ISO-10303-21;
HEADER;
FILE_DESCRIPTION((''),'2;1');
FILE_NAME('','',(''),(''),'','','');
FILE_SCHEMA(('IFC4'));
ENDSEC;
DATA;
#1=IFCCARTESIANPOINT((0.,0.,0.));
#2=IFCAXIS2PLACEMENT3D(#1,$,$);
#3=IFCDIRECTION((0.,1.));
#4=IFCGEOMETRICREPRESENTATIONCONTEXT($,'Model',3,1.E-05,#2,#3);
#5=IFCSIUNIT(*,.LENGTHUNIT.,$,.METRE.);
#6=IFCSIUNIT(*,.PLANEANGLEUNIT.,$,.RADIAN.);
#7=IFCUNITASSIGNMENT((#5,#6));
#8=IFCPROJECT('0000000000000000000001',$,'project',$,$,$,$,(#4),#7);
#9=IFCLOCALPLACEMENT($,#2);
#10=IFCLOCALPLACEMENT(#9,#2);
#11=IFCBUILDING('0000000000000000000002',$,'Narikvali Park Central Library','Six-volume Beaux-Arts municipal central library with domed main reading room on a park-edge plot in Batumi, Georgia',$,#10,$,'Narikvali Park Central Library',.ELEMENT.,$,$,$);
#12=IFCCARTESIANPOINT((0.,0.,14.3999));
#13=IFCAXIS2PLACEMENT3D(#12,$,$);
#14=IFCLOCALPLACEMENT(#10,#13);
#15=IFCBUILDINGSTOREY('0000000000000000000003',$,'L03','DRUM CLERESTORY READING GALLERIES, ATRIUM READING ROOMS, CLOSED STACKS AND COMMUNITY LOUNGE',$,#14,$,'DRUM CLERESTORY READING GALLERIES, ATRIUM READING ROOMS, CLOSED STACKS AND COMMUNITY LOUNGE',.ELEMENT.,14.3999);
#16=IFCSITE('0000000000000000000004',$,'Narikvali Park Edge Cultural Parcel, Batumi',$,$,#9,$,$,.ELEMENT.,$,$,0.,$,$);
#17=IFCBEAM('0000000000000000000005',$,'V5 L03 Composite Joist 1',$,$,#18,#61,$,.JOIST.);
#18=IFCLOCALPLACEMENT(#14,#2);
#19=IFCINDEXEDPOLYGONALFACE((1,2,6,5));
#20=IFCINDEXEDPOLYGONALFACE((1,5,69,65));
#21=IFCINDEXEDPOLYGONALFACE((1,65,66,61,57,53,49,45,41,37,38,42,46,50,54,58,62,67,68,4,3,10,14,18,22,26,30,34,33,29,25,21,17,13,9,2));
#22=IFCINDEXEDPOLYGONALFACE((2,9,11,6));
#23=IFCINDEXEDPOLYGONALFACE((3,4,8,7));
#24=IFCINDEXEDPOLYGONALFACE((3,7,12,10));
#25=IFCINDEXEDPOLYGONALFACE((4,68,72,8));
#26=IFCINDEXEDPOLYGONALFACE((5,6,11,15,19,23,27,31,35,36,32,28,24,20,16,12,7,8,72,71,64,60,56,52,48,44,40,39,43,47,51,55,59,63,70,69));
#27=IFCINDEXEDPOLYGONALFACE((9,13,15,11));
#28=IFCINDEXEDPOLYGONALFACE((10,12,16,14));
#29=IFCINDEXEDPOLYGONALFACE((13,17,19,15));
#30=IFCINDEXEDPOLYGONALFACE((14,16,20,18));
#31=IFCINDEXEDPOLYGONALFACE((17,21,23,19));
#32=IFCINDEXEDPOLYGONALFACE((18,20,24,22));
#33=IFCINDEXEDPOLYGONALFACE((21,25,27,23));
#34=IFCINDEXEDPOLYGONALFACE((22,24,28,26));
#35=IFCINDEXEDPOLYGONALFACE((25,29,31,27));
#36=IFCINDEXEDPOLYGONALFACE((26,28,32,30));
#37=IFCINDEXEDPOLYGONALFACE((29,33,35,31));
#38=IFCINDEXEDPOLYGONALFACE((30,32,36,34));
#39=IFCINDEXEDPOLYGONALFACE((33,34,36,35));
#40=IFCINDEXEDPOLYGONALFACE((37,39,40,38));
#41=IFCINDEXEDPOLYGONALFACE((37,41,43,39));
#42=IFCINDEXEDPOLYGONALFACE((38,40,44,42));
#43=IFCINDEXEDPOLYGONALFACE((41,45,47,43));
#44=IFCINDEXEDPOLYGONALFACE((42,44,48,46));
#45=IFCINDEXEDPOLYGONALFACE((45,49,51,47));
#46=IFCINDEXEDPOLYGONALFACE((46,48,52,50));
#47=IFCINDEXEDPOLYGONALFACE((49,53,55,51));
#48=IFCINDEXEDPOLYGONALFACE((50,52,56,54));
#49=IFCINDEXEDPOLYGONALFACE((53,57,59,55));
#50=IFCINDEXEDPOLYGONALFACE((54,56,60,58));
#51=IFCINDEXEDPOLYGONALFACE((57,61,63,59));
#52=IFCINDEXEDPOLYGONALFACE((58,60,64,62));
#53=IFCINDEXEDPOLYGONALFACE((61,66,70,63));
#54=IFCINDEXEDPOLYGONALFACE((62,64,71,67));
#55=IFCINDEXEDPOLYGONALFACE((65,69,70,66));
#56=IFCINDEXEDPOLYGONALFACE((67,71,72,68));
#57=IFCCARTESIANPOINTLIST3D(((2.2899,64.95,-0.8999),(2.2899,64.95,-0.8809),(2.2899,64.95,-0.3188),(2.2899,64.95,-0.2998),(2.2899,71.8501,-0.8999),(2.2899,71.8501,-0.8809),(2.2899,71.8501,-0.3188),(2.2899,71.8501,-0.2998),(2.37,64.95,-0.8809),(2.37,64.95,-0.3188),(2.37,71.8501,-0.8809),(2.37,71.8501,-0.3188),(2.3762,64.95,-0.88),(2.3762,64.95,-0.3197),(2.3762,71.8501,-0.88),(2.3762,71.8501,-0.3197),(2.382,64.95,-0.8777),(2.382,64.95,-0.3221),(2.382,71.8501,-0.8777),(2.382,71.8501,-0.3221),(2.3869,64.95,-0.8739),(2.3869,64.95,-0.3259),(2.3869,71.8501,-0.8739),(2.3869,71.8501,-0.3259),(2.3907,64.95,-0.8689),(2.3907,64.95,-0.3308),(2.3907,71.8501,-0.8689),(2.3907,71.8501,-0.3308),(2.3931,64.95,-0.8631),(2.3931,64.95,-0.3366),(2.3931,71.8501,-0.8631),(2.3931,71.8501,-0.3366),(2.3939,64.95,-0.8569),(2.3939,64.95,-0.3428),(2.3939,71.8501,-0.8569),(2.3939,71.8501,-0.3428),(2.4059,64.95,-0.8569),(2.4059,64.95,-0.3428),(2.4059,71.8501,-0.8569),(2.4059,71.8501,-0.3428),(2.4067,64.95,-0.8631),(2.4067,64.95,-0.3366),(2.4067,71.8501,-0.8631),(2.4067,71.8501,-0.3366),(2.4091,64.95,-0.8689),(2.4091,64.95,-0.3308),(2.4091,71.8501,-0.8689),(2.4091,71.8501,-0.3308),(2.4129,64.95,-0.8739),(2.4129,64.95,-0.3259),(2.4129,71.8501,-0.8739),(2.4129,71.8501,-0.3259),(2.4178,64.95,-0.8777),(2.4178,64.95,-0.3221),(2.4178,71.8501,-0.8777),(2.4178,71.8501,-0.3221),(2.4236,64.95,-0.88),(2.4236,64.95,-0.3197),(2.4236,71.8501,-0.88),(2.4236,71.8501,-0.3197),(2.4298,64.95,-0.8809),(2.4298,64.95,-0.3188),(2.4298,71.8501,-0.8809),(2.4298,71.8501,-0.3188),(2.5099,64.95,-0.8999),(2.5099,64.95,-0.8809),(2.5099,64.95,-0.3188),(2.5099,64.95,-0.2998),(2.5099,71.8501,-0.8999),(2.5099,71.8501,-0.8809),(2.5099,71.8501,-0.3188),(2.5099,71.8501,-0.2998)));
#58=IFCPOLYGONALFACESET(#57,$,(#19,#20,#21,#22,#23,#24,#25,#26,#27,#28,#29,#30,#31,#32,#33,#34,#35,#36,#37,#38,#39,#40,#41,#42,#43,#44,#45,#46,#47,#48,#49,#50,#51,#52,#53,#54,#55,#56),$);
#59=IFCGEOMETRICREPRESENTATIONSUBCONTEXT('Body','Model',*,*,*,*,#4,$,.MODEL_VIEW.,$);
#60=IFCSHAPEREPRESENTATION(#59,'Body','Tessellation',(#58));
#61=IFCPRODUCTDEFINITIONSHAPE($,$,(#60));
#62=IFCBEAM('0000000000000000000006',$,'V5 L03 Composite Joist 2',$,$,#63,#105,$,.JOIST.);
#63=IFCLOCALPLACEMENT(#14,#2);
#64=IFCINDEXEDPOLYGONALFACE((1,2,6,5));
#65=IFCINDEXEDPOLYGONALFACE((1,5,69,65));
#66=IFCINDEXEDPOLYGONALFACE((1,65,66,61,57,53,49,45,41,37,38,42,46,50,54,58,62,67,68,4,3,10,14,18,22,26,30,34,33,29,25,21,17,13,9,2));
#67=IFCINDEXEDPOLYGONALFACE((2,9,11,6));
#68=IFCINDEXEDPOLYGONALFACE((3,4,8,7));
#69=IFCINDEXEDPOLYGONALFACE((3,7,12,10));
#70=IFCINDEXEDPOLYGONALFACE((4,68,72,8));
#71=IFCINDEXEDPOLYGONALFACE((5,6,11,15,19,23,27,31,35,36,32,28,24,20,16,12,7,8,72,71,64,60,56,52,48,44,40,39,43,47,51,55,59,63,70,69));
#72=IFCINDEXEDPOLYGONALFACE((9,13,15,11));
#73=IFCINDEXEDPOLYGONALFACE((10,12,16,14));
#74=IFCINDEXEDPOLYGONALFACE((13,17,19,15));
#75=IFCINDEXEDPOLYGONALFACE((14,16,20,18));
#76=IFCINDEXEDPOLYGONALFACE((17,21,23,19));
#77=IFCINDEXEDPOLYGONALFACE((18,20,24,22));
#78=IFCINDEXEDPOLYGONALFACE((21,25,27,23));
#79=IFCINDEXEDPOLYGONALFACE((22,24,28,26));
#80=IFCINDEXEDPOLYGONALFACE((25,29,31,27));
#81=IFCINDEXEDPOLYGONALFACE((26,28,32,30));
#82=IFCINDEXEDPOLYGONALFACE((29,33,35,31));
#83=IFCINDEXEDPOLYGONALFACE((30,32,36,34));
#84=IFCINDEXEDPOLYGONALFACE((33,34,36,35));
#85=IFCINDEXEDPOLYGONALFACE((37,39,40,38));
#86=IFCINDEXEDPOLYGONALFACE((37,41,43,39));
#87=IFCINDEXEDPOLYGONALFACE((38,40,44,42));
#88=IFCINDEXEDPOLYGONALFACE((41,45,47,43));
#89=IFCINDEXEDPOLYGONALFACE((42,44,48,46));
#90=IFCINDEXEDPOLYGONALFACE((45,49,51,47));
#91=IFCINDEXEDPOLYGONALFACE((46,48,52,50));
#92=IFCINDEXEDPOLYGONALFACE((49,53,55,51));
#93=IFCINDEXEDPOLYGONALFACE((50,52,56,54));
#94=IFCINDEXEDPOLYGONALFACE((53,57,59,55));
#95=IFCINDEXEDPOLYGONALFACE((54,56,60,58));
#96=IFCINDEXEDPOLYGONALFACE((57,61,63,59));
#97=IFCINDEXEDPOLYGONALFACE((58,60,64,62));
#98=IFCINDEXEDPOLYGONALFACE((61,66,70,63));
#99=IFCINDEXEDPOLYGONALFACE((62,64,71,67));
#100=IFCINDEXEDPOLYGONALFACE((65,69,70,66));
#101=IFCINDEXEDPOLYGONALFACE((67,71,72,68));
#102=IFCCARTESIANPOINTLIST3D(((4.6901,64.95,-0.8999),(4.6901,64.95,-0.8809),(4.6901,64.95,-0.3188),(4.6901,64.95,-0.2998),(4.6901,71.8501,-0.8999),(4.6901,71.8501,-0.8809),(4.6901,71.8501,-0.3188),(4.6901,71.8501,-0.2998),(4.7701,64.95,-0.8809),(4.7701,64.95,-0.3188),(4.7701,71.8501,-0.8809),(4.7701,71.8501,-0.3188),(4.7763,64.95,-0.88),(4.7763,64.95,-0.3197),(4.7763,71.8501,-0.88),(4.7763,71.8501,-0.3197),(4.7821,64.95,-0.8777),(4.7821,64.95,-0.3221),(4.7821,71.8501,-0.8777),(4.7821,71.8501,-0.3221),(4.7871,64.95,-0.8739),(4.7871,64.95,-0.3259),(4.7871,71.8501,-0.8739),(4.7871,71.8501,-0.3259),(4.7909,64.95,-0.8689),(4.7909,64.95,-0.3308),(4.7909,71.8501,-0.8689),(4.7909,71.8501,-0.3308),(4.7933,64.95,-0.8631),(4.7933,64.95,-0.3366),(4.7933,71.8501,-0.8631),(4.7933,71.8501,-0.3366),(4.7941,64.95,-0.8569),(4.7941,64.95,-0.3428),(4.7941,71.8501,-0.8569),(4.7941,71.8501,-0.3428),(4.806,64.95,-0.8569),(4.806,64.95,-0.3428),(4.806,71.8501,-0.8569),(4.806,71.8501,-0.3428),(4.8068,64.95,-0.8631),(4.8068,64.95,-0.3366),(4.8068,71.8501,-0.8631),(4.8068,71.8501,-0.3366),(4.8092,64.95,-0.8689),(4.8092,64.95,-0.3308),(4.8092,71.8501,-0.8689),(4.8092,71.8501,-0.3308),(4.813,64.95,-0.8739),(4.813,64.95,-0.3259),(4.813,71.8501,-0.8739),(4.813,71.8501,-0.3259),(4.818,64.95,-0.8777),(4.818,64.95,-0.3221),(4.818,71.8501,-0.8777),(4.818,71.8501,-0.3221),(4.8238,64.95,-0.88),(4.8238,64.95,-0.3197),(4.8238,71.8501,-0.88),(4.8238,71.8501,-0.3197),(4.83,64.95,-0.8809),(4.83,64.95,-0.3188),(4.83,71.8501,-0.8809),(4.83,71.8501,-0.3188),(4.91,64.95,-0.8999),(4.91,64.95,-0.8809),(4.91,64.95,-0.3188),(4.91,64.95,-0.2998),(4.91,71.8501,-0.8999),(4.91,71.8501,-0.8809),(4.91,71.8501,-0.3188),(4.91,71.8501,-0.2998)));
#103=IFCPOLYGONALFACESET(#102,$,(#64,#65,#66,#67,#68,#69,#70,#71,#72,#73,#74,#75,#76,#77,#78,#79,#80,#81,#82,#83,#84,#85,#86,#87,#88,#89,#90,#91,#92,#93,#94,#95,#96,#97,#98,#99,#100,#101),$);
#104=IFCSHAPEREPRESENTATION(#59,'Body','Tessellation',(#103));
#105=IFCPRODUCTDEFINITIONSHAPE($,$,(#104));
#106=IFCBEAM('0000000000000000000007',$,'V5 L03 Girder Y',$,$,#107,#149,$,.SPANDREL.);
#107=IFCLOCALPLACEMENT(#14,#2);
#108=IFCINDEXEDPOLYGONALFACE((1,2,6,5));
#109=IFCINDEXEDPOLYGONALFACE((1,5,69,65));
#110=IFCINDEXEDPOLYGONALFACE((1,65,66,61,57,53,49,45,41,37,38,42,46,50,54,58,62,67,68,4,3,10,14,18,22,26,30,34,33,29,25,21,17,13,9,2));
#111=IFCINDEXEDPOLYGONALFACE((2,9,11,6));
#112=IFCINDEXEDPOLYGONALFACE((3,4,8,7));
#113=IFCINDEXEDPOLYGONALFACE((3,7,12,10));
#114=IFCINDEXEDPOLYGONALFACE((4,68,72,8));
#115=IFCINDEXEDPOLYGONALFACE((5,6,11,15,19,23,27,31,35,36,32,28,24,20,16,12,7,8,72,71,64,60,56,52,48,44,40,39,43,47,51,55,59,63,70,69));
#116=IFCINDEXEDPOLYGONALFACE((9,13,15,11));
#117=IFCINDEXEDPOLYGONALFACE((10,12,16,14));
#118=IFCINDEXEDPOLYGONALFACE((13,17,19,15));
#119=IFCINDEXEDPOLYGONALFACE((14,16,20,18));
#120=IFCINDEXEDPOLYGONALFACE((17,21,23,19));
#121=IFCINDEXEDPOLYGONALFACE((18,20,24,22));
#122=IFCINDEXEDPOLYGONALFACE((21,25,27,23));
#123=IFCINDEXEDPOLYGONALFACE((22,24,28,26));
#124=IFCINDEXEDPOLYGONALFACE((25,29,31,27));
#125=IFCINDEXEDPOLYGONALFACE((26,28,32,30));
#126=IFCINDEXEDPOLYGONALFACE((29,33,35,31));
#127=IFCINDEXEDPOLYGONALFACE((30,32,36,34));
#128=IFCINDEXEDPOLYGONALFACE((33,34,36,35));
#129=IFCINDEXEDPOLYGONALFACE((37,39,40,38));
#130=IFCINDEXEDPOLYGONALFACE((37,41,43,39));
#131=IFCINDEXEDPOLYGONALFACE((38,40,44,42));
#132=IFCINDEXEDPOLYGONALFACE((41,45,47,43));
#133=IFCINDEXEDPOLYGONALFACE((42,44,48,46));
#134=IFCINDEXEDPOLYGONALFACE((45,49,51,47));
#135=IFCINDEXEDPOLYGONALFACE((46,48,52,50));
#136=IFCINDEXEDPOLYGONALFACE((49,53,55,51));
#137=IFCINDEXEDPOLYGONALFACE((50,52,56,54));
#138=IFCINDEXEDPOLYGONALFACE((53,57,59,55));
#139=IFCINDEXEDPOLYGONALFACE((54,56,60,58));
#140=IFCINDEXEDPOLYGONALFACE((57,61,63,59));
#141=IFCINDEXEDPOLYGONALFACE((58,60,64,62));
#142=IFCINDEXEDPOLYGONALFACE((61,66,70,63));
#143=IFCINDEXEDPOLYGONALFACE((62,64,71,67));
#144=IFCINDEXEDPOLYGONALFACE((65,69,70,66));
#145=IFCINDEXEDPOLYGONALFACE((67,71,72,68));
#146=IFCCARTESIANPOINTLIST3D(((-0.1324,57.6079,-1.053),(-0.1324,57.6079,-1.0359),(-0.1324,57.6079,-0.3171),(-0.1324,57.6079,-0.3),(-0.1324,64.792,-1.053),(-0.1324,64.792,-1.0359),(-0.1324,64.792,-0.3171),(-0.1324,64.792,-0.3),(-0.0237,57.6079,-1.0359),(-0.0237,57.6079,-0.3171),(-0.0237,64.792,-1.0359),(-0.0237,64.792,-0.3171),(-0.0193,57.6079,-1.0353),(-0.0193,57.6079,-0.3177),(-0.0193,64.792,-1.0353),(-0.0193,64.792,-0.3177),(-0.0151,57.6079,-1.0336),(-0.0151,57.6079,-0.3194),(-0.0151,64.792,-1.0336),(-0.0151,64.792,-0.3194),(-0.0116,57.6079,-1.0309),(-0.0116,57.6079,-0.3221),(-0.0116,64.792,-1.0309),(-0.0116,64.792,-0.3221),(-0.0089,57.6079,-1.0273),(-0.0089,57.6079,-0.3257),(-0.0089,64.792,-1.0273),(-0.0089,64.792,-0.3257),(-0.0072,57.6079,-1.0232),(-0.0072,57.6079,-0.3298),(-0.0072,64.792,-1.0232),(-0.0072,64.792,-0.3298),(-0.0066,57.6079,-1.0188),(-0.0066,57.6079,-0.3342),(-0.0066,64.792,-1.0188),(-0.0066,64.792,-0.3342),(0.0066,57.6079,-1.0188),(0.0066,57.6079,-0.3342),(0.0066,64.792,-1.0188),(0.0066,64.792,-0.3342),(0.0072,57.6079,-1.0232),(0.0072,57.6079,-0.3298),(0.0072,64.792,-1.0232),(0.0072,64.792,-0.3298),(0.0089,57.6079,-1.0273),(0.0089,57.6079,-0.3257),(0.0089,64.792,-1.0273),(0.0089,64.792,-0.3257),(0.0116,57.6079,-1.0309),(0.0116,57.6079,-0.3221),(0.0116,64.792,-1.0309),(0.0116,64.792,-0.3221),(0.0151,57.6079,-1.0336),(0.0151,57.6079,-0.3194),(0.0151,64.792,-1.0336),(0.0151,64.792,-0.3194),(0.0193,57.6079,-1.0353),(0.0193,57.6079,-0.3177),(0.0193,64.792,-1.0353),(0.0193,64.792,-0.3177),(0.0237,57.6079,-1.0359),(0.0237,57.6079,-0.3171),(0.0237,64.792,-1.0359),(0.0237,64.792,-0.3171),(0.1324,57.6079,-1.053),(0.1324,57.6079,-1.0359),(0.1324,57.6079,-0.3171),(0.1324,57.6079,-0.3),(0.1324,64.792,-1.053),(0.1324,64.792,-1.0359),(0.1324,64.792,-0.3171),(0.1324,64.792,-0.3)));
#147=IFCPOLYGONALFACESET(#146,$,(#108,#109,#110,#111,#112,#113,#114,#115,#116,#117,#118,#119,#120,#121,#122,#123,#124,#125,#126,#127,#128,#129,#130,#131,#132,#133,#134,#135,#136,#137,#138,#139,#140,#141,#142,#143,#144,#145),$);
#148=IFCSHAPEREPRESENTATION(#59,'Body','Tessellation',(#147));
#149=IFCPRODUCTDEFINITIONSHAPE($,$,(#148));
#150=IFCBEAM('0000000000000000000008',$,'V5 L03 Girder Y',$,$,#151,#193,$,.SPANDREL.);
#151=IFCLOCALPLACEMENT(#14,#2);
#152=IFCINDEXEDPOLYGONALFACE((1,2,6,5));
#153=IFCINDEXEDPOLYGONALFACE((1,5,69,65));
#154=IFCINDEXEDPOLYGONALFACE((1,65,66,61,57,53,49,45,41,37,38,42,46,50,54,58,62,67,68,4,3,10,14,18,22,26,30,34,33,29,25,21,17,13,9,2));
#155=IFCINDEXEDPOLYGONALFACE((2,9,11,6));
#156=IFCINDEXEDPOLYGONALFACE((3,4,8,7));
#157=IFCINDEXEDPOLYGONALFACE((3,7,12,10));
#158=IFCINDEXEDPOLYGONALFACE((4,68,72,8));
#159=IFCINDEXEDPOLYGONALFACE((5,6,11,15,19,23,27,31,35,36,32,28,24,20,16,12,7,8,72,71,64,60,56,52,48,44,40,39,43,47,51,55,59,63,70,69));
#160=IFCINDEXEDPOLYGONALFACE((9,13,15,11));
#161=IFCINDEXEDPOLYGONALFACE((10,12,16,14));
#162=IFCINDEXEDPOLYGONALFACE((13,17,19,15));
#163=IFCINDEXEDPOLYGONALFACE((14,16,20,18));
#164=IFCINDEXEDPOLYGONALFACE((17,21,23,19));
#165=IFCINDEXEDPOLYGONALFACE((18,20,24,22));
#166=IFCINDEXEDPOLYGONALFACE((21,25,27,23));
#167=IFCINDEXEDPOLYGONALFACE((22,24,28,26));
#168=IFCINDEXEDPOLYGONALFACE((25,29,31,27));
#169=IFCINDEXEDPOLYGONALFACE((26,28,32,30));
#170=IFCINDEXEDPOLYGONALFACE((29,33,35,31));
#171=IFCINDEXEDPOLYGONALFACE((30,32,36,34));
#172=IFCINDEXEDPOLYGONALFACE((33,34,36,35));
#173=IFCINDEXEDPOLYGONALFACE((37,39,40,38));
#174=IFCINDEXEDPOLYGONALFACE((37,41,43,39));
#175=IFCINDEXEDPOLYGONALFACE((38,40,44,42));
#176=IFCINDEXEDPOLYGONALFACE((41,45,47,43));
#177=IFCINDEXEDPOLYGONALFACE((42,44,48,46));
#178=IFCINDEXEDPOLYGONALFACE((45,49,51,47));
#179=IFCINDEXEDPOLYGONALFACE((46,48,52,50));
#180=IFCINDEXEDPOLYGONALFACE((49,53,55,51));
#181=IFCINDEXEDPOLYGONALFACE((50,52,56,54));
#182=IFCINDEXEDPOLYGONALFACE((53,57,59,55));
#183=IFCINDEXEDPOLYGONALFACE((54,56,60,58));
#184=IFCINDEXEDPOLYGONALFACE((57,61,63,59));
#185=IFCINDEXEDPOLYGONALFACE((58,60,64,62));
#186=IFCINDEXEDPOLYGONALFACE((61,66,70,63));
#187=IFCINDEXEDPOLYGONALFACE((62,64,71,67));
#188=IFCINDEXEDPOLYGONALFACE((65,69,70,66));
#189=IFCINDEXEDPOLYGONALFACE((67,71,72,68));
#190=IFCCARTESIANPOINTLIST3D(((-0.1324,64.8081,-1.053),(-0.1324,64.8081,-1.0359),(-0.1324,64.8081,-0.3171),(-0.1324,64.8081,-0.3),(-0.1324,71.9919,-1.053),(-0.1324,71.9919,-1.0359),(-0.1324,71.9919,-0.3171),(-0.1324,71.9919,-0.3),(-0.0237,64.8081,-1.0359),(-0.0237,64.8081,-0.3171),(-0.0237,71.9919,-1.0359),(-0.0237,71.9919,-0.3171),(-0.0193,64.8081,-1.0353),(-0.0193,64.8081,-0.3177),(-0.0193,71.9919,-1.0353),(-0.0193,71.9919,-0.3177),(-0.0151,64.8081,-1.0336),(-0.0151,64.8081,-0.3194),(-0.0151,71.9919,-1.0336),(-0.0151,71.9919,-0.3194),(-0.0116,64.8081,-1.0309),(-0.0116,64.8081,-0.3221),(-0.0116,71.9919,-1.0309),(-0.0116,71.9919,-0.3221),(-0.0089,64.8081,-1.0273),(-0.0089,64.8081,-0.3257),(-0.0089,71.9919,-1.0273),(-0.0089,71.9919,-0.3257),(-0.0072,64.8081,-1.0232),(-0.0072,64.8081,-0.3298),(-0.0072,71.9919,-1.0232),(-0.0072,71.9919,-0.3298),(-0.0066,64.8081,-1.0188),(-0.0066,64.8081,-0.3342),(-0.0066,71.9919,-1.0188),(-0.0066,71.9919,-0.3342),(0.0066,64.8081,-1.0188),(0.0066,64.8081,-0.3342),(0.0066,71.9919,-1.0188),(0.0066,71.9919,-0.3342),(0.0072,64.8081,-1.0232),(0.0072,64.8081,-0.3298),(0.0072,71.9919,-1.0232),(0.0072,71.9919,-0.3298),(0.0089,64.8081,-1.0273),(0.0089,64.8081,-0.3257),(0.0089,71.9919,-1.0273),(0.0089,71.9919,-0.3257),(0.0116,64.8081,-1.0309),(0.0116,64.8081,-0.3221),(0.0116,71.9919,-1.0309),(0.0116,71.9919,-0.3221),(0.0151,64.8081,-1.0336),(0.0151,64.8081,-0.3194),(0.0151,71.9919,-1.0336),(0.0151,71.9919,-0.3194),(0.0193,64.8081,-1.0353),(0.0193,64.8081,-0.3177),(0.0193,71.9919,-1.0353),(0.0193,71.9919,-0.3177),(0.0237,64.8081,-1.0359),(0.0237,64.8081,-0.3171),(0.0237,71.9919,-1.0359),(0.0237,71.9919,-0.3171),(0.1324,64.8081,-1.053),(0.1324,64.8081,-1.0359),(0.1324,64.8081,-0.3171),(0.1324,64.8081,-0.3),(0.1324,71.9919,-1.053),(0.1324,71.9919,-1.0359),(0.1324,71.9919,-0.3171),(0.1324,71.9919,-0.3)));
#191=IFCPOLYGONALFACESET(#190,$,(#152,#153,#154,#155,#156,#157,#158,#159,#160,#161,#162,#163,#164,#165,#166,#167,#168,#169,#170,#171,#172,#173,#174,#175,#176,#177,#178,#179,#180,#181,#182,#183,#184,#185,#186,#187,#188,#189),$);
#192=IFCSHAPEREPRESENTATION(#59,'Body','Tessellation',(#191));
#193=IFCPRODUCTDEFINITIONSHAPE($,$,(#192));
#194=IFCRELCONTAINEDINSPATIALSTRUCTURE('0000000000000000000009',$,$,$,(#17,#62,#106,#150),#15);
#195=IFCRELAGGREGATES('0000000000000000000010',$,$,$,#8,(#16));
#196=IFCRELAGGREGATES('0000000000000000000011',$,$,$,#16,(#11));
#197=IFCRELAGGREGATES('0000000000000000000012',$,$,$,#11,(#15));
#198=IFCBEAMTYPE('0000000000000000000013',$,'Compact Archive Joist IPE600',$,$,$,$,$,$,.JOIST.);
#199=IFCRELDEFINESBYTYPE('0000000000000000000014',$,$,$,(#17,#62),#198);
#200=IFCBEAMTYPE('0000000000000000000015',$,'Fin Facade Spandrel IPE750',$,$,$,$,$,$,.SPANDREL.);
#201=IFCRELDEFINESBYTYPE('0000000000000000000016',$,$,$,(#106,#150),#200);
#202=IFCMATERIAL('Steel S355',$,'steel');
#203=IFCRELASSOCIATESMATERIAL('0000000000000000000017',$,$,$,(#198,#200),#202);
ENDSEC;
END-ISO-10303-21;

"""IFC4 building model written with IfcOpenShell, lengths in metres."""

from ifc_helpers import new_model, si_unit, direction, frame, origin, origin_2d, place, context, subcontext, project, spatial, i_section, extrude, material, material_profile, profile_set, type_object, element, save


model = new_model("IFC4")

# Units and contexts
model_context = context("Model", 3, precision=1e-05, world=origin(), true_north=direction((0.0, 1.0)))
body_context = subcontext(model_context, "Body", "Model", "MODEL_VIEW")
ifc_project = project(units=[si_unit("LENGTHUNIT", "METRE"), si_unit("PLANEANGLEUNIT", "RADIAN")], contexts=[model_context])

# Site, building, storey
site_placement = place(None, origin())
site = spatial("IfcSite", under=ifc_project, at=site_placement, Name="Narikvali Park Edge Cultural Parcel, Batumi", CompositionType="ELEMENT", RefElevation=0.0)
building_placement = place(site_placement, origin())
building = spatial("IfcBuilding", under=site, at=building_placement, Name="Narikvali Park Central Library", Description="Six-volume Beaux-Arts municipal central library with domed main reading room on a park-edge plot in Batumi, Georgia", LongName="Narikvali Park Central Library", CompositionType="ELEMENT")
storey_placement = place(building_placement, frame((0.0, 0.0, 14.3999)))
storey = spatial("IfcBuildingStorey", under=building, at=storey_placement, Name="L03", Description="DRUM CLERESTORY READING GALLERIES, ATRIUM READING ROOMS, CLOSED STACKS AND COMMUNITY LOUNGE", LongName="DRUM CLERESTORY READING GALLERIES, ATRIUM READING ROOMS, CLOSED STACKS AND COMMUNITY LOUNGE", CompositionType="ELEMENT", Elevation=14.3999)

# Shared definitions
ifc_material_1 = material(Name="Steel S355", Category="steel")

# Beams
ifc_material_profile_1 = material_profile(ifc_material_1, i_section(OverallWidth=0.22, OverallDepth=0.6001, WebThickness=0.012, FlangeThickness=0.019, FilletRadius=0.0239, at=origin_2d()), Name="IPE 600")
ifc_profile_set_1 = profile_set([ifc_material_profile_1], Name="Steel S355")
beam_type_1 = type_object("IfcBeamType", Name="Compact Archive Joist IPE600", PredefinedType="JOIST", material=ifc_profile_set_1)
for number, where, z_axis, x_axis, name in (
    (1, (2.3999, 64.95, -0.5999), (0.0, 1.0, 0.0), (-1.0, 0.0, 0.0), "V5 L03 Composite Joist 1"),
    (2, (4.8, 64.95, -0.5999), (0.0, 1.0, 0.0), (-1.0, 0.0, 0.0), "V5 L03 Composite Joist 2"),
):
    element("IfcBeam", number, at=place(storey_placement, frame(where, z_axis=z_axis, x_axis=x_axis)), inside=storey, type_object=beam_type_1, Name=name, PredefinedType="JOIST", context=body_context, shape_type="SweptSolid", body=[
        extrude(i_section(OverallWidth=0.22, OverallDepth=0.6001, WebThickness=0.012, FlangeThickness=0.019, FilletRadius=0.0239, at=origin_2d()), origin(), (0.0, 0.0, 1.0), 6.9001),
    ])
ifc_material_profile_2 = material_profile(ifc_material_1, i_section(OverallWidth=0.2649, OverallDepth=0.7529, WebThickness=0.0132, FlangeThickness=0.0171, FilletRadius=0.0171, at=origin_2d()), Name="IPE 750x147")
ifc_profile_set_2 = profile_set([ifc_material_profile_2], Name="Steel S355")
beam_type_2 = type_object("IfcBeamType", Name="Fin Facade Spandrel IPE750", PredefinedType="SPANDREL", material=ifc_profile_set_2)
beam_1_placement = place(storey_placement, frame((0.0, 57.6079, -0.6765), z_axis=(0.0, 1.0, 0.0), x_axis=(-1.0, 0.0, 0.0)))
element("IfcBeam", 3, at=beam_1_placement, inside=storey, type_object=beam_type_2, Name="V5 L03 Girder Y", PredefinedType="SPANDREL", context=body_context, shape_type="SweptSolid", body=[
    extrude(i_section(OverallWidth=0.2649, OverallDepth=0.7529, WebThickness=0.0132, FlangeThickness=0.0171, FilletRadius=0.0171, at=origin_2d()), origin(), (0.0, 0.0, 1.0), 7.1841),
])
beam_2_placement = place(storey_placement, frame((0.0, 64.8081, -0.6765), z_axis=(0.0, 1.0, 0.0), x_axis=(-1.0, 0.0, 0.0)))
element("IfcBeam", 4, at=beam_2_placement, inside=storey, type_object=beam_type_2, Name="V5 L03 Girder Y", PredefinedType="SPANDREL", context=body_context, shape_type="SweptSolid", body=[
    extrude(i_section(OverallWidth=0.2649, OverallDepth=0.7529, WebThickness=0.0132, FlangeThickness=0.0171, FilletRadius=0.0171, at=origin_2d()), origin(), (0.0, 0.0, 1.0), 7.1838),
])

save(model, "model.ifc")
